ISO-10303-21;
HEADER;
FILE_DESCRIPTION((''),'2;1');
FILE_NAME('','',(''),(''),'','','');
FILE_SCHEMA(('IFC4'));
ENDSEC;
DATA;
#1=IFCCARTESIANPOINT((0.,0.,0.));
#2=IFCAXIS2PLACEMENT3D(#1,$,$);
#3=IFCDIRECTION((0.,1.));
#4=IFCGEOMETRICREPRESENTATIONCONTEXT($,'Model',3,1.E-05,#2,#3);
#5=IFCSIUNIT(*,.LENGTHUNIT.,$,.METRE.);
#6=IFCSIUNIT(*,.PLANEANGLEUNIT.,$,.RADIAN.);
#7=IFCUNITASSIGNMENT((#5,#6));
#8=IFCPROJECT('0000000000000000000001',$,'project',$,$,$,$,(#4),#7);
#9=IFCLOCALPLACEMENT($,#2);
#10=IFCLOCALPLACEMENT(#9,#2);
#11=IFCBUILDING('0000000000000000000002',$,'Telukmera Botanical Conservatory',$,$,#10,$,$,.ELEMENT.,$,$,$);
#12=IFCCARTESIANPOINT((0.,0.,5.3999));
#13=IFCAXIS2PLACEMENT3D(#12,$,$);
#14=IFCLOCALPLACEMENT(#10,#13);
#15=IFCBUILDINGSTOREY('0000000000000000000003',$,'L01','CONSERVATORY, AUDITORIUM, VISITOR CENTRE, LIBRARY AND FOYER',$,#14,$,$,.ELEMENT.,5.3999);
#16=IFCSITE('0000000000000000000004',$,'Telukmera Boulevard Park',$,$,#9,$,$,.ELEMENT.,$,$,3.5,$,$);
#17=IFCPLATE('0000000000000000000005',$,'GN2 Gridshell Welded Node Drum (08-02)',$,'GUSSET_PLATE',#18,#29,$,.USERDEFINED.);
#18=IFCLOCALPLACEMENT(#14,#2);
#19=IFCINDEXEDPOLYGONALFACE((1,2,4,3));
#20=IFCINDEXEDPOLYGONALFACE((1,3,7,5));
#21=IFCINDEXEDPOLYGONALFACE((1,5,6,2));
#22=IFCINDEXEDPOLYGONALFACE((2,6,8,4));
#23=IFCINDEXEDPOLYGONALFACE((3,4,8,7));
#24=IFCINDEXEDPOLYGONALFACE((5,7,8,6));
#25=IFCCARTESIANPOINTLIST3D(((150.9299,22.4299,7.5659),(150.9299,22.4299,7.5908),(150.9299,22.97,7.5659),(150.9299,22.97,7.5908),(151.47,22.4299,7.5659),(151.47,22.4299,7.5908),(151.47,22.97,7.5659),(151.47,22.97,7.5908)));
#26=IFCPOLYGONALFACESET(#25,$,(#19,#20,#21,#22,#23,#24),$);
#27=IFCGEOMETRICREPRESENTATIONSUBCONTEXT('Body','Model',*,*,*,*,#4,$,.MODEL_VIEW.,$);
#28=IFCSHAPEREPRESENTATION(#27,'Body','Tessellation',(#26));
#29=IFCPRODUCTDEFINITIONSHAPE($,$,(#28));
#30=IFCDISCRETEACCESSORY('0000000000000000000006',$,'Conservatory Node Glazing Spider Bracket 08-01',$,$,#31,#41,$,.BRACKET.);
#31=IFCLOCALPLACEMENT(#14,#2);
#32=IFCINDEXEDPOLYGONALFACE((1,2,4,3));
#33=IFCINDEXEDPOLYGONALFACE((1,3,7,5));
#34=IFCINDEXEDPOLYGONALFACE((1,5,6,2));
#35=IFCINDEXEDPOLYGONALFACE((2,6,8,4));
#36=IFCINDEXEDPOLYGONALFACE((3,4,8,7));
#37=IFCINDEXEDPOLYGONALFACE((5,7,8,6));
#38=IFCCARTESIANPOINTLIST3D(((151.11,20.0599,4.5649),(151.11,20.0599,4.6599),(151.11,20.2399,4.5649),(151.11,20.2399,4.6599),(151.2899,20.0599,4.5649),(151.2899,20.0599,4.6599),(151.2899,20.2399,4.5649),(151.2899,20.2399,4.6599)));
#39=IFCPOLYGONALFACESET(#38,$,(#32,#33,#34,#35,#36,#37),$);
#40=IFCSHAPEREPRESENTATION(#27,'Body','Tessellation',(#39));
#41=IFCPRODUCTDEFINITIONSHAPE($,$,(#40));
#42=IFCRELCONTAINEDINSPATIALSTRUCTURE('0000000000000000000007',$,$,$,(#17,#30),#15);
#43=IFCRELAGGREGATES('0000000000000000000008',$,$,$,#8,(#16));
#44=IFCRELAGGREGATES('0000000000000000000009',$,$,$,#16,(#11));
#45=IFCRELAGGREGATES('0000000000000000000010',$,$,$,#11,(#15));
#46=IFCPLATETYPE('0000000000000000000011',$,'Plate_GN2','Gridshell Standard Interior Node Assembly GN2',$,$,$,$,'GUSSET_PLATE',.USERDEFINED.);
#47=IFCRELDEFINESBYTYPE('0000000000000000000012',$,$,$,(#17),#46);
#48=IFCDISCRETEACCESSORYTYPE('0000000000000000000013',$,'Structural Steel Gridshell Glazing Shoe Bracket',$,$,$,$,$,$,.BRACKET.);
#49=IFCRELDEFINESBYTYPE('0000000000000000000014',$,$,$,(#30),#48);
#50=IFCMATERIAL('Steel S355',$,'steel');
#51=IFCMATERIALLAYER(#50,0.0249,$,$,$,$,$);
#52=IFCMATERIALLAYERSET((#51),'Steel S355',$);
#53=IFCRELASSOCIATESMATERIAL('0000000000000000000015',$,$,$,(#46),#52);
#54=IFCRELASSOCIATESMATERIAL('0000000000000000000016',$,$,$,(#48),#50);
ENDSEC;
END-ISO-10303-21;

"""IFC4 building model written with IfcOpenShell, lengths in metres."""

from ifc_helpers import new_model, si_unit, direction, frame, origin, origin_2d, place, context, subcontext, project, spatial, rectangle, extrude, material, layer, layer_set, type_object, element, save


model = new_model("IFC4")

# Units and contexts
model_context = context("Model", 3, precision=1e-05, world=origin(), true_north=direction((0.0, 1.0)))
body_context = subcontext(model_context, "Body", "Model", "MODEL_VIEW")
ifc_project = project(units=[si_unit("LENGTHUNIT", "METRE"), si_unit("PLANEANGLEUNIT", "RADIAN")], contexts=[model_context])

# Site, building, storey
site_placement = place(None, origin())
site = spatial("IfcSite", under=ifc_project, at=site_placement, Name="Telukmera Boulevard Park", CompositionType="ELEMENT", RefElevation=3.5)
building_placement = place(site_placement, origin())
building = spatial("IfcBuilding", under=site, at=building_placement, Name="Telukmera Botanical Conservatory", CompositionType="ELEMENT")
storey_placement = place(building_placement, frame((0.0, 0.0, 5.3999)))
storey = spatial("IfcBuildingStorey", under=building, at=storey_placement, Name="L01", Description="CONSERVATORY, AUDITORIUM, VISITOR CENTRE, LIBRARY AND FOYER", CompositionType="ELEMENT", Elevation=5.3999)

# Shared definitions
ifc_material_1 = material(Name="Steel S355", Category="steel")

# Plate
ifc_layer_1 = layer(ifc_material_1, 0.0249)
ifc_layer_set_1 = layer_set([ifc_layer_1], Name="Steel S355")
plate_type_1 = type_object("IfcPlateType", Name="Plate_GN2", Description="Gridshell Standard Interior Node Assembly GN2", ElementType="GUSSET_PLATE", PredefinedType="USERDEFINED", material=ifc_layer_set_1)
for number, where, z_axis, x_axis, name in (
    (1, (151.2, 22.7, 7.5659), (0.0, 0.0, 1.0), (1.0, 0.0, 0.0), "GN2 Gridshell Welded Node Drum (08-02)"),
):
    element("IfcPlate", number, at=place(storey_placement, frame(where, z_axis=z_axis, x_axis=x_axis)), inside=storey, type_object=plate_type_1, Name=name, ObjectType="GUSSET_PLATE", PredefinedType="USERDEFINED", context=body_context, shape_type="SweptSolid", body=[
        extrude(rectangle(XDim=0.54, YDim=0.54, at=origin_2d()), origin(), (0.0, 0.0, 1.0), 0.0249),
    ])

# Discrete accessory
discrete_accessory_type = type_object("IfcDiscreteAccessoryType", Name="Structural Steel Gridshell Glazing Shoe Bracket", PredefinedType="BRACKET", material=ifc_material_1)
discrete_accessory_placement = place(storey_placement, frame((151.2, 20.1499, 4.5649), z_axis=(0.0, 0.0, 1.0), x_axis=(1.0, 0.0, 0.0)))
element("IfcDiscreteAccessory", 2, at=discrete_accessory_placement, inside=storey, type_object=discrete_accessory_type, Name="Conservatory Node Glazing Spider Bracket 08-01", PredefinedType="BRACKET", context=body_context, shape_type="SweptSolid", body=[
    extrude(rectangle(XDim=0.1799, YDim=0.1799, at=origin_2d()), origin(), (0.0, 0.0, 1.0), 0.095),
])

save(model, "model.ifc")
